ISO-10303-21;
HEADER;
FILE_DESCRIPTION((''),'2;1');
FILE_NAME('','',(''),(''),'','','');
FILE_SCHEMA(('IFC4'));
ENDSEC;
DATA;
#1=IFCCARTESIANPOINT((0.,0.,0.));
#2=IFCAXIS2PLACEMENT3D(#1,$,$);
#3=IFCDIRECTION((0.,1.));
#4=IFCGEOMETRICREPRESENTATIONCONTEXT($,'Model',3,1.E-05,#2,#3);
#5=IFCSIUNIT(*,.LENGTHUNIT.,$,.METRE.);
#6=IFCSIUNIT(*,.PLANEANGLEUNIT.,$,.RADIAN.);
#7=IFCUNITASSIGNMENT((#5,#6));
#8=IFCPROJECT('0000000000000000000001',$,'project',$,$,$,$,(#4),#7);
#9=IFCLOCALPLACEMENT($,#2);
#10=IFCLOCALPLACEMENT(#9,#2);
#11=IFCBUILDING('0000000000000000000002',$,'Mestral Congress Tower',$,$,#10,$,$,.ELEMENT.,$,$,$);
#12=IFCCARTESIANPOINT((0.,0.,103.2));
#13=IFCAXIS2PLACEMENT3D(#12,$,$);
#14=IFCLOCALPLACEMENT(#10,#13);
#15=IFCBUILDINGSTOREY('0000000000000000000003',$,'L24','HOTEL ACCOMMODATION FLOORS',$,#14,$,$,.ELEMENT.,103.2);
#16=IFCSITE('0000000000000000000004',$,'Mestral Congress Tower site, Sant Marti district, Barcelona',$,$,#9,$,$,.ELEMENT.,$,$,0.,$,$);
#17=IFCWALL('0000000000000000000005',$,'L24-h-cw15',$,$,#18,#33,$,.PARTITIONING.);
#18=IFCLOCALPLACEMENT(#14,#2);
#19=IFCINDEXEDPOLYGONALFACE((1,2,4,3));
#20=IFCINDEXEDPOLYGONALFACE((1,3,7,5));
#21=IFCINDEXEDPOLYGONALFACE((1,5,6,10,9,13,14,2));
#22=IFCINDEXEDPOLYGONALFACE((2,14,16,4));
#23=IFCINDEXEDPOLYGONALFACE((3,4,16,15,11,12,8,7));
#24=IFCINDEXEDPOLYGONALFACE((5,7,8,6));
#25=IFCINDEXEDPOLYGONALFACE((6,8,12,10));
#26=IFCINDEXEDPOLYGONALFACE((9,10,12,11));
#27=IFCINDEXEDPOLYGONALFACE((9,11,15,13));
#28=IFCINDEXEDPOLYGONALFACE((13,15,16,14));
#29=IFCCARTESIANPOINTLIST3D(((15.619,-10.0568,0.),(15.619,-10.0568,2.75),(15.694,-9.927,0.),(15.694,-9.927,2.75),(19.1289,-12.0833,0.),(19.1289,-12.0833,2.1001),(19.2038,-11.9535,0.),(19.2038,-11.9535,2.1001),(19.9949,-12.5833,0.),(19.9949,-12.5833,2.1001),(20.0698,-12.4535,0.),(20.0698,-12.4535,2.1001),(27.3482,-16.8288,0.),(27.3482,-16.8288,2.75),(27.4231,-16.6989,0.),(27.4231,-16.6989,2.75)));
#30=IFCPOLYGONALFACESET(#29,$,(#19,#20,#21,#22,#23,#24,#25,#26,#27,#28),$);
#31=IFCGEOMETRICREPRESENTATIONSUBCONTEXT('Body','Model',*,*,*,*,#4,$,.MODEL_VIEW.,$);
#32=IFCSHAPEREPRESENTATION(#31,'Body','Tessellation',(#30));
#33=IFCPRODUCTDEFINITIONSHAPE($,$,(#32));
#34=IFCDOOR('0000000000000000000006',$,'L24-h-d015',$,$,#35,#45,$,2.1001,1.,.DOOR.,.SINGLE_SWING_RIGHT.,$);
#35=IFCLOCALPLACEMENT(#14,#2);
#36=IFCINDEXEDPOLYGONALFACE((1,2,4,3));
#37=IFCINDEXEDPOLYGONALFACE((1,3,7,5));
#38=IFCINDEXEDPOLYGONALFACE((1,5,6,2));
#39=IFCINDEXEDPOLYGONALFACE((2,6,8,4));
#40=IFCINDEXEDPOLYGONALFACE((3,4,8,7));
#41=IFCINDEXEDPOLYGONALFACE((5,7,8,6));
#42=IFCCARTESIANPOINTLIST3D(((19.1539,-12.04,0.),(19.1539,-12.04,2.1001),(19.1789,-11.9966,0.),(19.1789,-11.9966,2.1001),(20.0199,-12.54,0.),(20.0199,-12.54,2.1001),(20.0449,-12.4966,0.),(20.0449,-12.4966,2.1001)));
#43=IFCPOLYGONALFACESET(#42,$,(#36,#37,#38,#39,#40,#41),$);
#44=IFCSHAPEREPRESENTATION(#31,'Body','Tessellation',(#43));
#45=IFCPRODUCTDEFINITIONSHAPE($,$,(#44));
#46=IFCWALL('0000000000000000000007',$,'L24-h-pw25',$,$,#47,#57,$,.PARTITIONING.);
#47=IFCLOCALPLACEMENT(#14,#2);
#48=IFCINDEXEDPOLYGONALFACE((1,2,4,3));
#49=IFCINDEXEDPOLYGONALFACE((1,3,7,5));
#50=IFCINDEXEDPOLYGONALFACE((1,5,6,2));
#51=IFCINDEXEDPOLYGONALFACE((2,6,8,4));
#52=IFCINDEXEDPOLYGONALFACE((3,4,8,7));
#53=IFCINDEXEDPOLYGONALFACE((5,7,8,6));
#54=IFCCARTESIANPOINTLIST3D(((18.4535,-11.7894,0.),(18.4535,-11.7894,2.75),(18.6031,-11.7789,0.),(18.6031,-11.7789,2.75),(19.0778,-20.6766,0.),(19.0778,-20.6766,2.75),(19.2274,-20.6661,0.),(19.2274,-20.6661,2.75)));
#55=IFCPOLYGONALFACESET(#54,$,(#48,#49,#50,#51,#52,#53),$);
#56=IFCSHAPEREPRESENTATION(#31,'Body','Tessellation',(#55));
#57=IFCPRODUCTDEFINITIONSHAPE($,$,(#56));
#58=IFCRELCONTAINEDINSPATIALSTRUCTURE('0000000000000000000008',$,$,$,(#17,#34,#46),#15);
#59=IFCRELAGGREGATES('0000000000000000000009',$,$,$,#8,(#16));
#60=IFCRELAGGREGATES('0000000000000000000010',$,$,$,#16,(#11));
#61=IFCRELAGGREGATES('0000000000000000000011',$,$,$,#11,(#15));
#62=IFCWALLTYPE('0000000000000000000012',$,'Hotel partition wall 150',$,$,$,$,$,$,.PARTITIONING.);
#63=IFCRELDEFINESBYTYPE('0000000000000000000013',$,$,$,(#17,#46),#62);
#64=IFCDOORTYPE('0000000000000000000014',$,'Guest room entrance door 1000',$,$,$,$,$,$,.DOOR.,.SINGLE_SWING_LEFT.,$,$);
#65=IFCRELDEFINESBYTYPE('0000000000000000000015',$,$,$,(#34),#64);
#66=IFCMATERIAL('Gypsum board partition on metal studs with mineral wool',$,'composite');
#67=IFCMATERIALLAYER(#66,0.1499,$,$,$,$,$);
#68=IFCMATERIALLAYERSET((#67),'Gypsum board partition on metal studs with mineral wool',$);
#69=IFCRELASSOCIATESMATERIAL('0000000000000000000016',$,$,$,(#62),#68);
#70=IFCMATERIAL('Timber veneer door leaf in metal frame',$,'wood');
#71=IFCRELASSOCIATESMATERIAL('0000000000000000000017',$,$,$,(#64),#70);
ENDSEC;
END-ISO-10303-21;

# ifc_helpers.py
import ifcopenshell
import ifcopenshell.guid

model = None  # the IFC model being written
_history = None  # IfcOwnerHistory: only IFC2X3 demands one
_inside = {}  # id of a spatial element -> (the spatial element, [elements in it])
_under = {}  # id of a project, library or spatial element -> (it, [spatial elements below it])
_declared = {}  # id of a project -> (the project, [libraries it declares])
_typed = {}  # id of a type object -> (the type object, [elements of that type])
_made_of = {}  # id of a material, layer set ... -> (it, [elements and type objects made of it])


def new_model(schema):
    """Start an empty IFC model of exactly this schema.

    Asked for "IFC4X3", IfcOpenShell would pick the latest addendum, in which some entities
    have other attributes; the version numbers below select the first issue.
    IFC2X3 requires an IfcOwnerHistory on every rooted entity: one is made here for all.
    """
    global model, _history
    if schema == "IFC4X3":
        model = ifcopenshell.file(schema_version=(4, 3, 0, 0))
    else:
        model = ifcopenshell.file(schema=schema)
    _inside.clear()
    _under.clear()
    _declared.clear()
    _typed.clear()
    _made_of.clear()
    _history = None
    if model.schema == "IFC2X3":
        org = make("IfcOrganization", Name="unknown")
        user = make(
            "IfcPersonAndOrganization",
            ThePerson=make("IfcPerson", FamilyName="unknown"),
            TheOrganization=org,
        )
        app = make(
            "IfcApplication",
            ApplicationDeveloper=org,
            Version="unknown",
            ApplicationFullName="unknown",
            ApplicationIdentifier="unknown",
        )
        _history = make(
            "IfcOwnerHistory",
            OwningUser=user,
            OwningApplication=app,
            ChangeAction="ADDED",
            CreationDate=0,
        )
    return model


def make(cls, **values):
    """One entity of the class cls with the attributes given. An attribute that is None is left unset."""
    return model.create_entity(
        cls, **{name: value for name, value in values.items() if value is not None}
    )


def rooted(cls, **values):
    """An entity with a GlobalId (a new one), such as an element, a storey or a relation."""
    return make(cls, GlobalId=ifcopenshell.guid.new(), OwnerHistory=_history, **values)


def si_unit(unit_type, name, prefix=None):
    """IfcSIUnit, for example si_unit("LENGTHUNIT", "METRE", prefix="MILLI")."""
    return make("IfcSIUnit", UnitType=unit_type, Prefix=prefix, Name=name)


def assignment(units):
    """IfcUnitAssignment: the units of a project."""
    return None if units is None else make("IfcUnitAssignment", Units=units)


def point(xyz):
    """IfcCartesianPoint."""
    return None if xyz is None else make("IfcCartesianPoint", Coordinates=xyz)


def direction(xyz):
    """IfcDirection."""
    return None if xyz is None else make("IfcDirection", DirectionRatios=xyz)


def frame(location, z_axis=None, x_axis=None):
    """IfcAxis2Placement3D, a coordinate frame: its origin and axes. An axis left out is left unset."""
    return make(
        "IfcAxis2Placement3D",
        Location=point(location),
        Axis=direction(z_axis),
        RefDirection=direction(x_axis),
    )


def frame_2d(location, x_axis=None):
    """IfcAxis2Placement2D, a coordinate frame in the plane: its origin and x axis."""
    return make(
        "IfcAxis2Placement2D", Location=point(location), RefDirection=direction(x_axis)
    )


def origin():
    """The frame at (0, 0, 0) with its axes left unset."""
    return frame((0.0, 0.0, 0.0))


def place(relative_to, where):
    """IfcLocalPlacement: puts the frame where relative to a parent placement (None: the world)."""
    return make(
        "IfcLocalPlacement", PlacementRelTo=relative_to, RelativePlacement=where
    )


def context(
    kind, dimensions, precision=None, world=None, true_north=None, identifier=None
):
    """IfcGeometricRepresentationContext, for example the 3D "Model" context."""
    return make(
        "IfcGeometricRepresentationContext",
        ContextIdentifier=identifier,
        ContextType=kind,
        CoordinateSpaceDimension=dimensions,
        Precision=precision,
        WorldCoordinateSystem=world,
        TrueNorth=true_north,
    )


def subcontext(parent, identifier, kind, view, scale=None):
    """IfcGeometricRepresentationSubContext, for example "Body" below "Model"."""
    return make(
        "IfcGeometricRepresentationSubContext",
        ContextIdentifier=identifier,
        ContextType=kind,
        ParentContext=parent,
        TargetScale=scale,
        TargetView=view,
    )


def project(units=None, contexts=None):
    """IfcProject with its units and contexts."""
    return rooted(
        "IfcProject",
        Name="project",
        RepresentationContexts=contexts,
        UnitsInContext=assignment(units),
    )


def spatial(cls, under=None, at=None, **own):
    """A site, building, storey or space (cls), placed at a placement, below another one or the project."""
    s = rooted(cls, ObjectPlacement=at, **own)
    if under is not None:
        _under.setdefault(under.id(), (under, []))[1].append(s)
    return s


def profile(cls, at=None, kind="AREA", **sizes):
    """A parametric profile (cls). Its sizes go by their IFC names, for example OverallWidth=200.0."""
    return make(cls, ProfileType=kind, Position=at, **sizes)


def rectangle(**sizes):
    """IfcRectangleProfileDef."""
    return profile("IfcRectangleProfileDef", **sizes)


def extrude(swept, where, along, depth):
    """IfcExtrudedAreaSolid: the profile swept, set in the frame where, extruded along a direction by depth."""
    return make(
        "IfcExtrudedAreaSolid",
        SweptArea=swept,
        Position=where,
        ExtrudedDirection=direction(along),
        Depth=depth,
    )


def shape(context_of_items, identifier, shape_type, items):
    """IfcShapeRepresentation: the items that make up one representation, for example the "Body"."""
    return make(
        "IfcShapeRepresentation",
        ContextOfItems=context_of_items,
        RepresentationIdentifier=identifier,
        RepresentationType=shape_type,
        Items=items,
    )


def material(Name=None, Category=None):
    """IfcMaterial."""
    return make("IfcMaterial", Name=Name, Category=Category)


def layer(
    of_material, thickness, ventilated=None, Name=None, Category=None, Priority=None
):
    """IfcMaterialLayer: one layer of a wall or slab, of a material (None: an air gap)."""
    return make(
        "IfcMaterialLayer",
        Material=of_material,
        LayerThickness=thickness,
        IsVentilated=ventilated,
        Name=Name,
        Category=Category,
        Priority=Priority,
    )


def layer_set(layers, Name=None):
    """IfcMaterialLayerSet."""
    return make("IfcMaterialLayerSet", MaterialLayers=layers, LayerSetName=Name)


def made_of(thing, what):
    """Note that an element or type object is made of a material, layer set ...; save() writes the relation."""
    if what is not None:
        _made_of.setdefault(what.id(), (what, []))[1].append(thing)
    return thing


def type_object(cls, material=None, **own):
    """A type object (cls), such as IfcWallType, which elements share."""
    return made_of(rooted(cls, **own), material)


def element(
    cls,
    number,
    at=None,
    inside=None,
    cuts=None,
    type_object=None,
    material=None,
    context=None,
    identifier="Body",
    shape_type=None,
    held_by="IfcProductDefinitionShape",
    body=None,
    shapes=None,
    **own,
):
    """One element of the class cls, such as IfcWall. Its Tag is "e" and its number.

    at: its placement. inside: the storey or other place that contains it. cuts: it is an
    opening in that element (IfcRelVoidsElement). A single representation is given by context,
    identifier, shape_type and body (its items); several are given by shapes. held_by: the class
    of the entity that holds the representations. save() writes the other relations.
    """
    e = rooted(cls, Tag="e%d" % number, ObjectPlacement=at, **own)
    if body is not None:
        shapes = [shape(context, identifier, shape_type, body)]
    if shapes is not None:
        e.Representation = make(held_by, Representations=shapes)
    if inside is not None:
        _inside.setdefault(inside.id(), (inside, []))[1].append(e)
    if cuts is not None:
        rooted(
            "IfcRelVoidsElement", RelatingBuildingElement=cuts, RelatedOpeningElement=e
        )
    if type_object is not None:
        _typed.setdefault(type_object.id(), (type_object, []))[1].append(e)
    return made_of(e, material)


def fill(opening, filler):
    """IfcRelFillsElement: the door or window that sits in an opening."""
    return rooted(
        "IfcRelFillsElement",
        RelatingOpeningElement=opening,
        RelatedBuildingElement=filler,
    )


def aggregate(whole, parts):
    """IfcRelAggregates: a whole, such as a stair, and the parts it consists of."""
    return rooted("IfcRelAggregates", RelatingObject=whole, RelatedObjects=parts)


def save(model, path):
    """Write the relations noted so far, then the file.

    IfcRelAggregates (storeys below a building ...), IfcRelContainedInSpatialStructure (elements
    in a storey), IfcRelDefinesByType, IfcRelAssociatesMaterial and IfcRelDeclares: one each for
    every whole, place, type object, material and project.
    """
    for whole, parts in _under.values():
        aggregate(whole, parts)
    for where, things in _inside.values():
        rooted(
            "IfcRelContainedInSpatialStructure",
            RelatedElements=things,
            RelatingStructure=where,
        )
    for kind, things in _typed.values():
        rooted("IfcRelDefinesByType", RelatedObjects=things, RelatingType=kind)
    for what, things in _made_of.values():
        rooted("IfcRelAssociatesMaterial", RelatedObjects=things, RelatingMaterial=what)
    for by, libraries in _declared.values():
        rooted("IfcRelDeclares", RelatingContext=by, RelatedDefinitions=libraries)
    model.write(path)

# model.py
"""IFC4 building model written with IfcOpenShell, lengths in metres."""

from ifc_helpers import new_model, si_unit, direction, frame, frame_2d, origin, place, context, subcontext, project, spatial, rectangle, extrude, material, layer, layer_set, type_object, element, fill, save


model = new_model("IFC4")

# Units and contexts
model_context = context("Model", 3, precision=1e-05, world=origin(), true_north=direction((0.0, 1.0)))
body_context = subcontext(model_context, "Body", "Model", "MODEL_VIEW")
ifc_project = project(units=[si_unit("LENGTHUNIT", "METRE"), si_unit("PLANEANGLEUNIT", "RADIAN")], contexts=[model_context])

# Site, building, storey
site_placement = place(None, origin())
site = spatial("IfcSite", under=ifc_project, at=site_placement, Name="Mestral Congress Tower site, Sant Marti district, Barcelona", CompositionType="ELEMENT", RefElevation=0.0)
building_placement = place(site_placement, origin())
building = spatial("IfcBuilding", under=site, at=building_placement, Name="Mestral Congress Tower", CompositionType="ELEMENT")
storey_placement = place(building_placement, frame((0.0, 0.0, 103.2)))
storey = spatial("IfcBuildingStorey", under=building, at=storey_placement, Name="L24", Description="HOTEL ACCOMMODATION FLOORS", CompositionType="ELEMENT", Elevation=103.2)

# Shared definitions
ifc_material_1 = material(Name="Gypsum board partition on metal studs with mineral wool", Category="composite")

# Wall, opening, door
ifc_layer_1 = layer(ifc_material_1, 0.1499)
ifc_layer_set_1 = layer_set([ifc_layer_1], Name="Gypsum board partition on metal studs with mineral wool")
wall_type_1 = type_object("IfcWallType", Name="Hotel partition wall 150", PredefinedType="PARTITIONING", material=ifc_layer_set_1)
wall_1_placement = place(storey_placement, frame((27.3857, -16.7639, 0.0), z_axis=(0.0, 0.0, 1.0), x_axis=(-0.866023, 0.500005, 0.0)))
wall_1 = element("IfcWall", 1, at=wall_1_placement, inside=storey, type_object=wall_type_1, Name="L24-h-cw15", PredefinedType="PARTITIONING", context=body_context, shape_type="SweptSolid", body=[
    extrude(rectangle(XDim=13.5437, YDim=0.1499, at=frame_2d((6.772, 0.0))), origin(), (0.0, 0.0, 1.0), 2.75),
])
opening_1_placement = place(wall_1_placement, frame((8.491, 0.0, 0.0)))
opening_1 = element("IfcOpeningElement", 2, at=opening_1_placement, cuts=wall_1, PredefinedType="OPENING", context=body_context, shape_type="SweptSolid", body=[
    extrude(rectangle(XDim=1.0, YDim=2.1001, at=frame_2d((0.5, 1.05))), frame((0.0, 0.085, 0.0), z_axis=(0.0, -1.0, 0.0), x_axis=(1.0, 0.0, 0.0)), (0.0, 0.0, 1.0), 0.1699),
])
ifc_material_2 = material(Name="Timber veneer door leaf in metal frame", Category="wood")
door_type_1 = type_object("IfcDoorType", Name="Guest room entrance door 1000", OperationType="SINGLE_SWING_LEFT", PredefinedType="DOOR", material=ifc_material_2)
door_1_placement = place(opening_1_placement, origin())
door_1 = element("IfcDoor", 3, at=door_1_placement, inside=storey, type_object=door_type_1, Name="L24-h-d015", OperationType="SINGLE_SWING_RIGHT", OverallHeight=2.1001, OverallWidth=1.0, PredefinedType="DOOR", context=body_context, shape_type="SweptSolid", body=[
    extrude(rectangle(XDim=1.0, YDim=2.1001, at=frame_2d((0.5, 1.05))), frame((0.0, 0.0249, 0.0), z_axis=(0.0, -1.0, 0.0), x_axis=(1.0, 0.0, 0.0)), (0.0, 0.0, 1.0), 0.05),
])
fill(opening_1, door_1)

# Wall
wall_2_placement = place(storey_placement, frame((19.1526, -20.6714, 0.0), z_axis=(0.0, 0.0, 1.0), x_axis=(-0.070071, 0.997542, 0.0)))
element("IfcWall", 4, at=wall_2_placement, inside=storey, type_object=wall_type_1, Name="L24-h-pw25", PredefinedType="PARTITIONING", context=body_context, shape_type="SweptSolid", body=[
    extrude(rectangle(XDim=8.9092, YDim=0.1499, at=frame_2d((4.4546, 0.0))), origin(), (0.0, 0.0, 1.0), 2.75),
])

save(model, "model.ifc")
